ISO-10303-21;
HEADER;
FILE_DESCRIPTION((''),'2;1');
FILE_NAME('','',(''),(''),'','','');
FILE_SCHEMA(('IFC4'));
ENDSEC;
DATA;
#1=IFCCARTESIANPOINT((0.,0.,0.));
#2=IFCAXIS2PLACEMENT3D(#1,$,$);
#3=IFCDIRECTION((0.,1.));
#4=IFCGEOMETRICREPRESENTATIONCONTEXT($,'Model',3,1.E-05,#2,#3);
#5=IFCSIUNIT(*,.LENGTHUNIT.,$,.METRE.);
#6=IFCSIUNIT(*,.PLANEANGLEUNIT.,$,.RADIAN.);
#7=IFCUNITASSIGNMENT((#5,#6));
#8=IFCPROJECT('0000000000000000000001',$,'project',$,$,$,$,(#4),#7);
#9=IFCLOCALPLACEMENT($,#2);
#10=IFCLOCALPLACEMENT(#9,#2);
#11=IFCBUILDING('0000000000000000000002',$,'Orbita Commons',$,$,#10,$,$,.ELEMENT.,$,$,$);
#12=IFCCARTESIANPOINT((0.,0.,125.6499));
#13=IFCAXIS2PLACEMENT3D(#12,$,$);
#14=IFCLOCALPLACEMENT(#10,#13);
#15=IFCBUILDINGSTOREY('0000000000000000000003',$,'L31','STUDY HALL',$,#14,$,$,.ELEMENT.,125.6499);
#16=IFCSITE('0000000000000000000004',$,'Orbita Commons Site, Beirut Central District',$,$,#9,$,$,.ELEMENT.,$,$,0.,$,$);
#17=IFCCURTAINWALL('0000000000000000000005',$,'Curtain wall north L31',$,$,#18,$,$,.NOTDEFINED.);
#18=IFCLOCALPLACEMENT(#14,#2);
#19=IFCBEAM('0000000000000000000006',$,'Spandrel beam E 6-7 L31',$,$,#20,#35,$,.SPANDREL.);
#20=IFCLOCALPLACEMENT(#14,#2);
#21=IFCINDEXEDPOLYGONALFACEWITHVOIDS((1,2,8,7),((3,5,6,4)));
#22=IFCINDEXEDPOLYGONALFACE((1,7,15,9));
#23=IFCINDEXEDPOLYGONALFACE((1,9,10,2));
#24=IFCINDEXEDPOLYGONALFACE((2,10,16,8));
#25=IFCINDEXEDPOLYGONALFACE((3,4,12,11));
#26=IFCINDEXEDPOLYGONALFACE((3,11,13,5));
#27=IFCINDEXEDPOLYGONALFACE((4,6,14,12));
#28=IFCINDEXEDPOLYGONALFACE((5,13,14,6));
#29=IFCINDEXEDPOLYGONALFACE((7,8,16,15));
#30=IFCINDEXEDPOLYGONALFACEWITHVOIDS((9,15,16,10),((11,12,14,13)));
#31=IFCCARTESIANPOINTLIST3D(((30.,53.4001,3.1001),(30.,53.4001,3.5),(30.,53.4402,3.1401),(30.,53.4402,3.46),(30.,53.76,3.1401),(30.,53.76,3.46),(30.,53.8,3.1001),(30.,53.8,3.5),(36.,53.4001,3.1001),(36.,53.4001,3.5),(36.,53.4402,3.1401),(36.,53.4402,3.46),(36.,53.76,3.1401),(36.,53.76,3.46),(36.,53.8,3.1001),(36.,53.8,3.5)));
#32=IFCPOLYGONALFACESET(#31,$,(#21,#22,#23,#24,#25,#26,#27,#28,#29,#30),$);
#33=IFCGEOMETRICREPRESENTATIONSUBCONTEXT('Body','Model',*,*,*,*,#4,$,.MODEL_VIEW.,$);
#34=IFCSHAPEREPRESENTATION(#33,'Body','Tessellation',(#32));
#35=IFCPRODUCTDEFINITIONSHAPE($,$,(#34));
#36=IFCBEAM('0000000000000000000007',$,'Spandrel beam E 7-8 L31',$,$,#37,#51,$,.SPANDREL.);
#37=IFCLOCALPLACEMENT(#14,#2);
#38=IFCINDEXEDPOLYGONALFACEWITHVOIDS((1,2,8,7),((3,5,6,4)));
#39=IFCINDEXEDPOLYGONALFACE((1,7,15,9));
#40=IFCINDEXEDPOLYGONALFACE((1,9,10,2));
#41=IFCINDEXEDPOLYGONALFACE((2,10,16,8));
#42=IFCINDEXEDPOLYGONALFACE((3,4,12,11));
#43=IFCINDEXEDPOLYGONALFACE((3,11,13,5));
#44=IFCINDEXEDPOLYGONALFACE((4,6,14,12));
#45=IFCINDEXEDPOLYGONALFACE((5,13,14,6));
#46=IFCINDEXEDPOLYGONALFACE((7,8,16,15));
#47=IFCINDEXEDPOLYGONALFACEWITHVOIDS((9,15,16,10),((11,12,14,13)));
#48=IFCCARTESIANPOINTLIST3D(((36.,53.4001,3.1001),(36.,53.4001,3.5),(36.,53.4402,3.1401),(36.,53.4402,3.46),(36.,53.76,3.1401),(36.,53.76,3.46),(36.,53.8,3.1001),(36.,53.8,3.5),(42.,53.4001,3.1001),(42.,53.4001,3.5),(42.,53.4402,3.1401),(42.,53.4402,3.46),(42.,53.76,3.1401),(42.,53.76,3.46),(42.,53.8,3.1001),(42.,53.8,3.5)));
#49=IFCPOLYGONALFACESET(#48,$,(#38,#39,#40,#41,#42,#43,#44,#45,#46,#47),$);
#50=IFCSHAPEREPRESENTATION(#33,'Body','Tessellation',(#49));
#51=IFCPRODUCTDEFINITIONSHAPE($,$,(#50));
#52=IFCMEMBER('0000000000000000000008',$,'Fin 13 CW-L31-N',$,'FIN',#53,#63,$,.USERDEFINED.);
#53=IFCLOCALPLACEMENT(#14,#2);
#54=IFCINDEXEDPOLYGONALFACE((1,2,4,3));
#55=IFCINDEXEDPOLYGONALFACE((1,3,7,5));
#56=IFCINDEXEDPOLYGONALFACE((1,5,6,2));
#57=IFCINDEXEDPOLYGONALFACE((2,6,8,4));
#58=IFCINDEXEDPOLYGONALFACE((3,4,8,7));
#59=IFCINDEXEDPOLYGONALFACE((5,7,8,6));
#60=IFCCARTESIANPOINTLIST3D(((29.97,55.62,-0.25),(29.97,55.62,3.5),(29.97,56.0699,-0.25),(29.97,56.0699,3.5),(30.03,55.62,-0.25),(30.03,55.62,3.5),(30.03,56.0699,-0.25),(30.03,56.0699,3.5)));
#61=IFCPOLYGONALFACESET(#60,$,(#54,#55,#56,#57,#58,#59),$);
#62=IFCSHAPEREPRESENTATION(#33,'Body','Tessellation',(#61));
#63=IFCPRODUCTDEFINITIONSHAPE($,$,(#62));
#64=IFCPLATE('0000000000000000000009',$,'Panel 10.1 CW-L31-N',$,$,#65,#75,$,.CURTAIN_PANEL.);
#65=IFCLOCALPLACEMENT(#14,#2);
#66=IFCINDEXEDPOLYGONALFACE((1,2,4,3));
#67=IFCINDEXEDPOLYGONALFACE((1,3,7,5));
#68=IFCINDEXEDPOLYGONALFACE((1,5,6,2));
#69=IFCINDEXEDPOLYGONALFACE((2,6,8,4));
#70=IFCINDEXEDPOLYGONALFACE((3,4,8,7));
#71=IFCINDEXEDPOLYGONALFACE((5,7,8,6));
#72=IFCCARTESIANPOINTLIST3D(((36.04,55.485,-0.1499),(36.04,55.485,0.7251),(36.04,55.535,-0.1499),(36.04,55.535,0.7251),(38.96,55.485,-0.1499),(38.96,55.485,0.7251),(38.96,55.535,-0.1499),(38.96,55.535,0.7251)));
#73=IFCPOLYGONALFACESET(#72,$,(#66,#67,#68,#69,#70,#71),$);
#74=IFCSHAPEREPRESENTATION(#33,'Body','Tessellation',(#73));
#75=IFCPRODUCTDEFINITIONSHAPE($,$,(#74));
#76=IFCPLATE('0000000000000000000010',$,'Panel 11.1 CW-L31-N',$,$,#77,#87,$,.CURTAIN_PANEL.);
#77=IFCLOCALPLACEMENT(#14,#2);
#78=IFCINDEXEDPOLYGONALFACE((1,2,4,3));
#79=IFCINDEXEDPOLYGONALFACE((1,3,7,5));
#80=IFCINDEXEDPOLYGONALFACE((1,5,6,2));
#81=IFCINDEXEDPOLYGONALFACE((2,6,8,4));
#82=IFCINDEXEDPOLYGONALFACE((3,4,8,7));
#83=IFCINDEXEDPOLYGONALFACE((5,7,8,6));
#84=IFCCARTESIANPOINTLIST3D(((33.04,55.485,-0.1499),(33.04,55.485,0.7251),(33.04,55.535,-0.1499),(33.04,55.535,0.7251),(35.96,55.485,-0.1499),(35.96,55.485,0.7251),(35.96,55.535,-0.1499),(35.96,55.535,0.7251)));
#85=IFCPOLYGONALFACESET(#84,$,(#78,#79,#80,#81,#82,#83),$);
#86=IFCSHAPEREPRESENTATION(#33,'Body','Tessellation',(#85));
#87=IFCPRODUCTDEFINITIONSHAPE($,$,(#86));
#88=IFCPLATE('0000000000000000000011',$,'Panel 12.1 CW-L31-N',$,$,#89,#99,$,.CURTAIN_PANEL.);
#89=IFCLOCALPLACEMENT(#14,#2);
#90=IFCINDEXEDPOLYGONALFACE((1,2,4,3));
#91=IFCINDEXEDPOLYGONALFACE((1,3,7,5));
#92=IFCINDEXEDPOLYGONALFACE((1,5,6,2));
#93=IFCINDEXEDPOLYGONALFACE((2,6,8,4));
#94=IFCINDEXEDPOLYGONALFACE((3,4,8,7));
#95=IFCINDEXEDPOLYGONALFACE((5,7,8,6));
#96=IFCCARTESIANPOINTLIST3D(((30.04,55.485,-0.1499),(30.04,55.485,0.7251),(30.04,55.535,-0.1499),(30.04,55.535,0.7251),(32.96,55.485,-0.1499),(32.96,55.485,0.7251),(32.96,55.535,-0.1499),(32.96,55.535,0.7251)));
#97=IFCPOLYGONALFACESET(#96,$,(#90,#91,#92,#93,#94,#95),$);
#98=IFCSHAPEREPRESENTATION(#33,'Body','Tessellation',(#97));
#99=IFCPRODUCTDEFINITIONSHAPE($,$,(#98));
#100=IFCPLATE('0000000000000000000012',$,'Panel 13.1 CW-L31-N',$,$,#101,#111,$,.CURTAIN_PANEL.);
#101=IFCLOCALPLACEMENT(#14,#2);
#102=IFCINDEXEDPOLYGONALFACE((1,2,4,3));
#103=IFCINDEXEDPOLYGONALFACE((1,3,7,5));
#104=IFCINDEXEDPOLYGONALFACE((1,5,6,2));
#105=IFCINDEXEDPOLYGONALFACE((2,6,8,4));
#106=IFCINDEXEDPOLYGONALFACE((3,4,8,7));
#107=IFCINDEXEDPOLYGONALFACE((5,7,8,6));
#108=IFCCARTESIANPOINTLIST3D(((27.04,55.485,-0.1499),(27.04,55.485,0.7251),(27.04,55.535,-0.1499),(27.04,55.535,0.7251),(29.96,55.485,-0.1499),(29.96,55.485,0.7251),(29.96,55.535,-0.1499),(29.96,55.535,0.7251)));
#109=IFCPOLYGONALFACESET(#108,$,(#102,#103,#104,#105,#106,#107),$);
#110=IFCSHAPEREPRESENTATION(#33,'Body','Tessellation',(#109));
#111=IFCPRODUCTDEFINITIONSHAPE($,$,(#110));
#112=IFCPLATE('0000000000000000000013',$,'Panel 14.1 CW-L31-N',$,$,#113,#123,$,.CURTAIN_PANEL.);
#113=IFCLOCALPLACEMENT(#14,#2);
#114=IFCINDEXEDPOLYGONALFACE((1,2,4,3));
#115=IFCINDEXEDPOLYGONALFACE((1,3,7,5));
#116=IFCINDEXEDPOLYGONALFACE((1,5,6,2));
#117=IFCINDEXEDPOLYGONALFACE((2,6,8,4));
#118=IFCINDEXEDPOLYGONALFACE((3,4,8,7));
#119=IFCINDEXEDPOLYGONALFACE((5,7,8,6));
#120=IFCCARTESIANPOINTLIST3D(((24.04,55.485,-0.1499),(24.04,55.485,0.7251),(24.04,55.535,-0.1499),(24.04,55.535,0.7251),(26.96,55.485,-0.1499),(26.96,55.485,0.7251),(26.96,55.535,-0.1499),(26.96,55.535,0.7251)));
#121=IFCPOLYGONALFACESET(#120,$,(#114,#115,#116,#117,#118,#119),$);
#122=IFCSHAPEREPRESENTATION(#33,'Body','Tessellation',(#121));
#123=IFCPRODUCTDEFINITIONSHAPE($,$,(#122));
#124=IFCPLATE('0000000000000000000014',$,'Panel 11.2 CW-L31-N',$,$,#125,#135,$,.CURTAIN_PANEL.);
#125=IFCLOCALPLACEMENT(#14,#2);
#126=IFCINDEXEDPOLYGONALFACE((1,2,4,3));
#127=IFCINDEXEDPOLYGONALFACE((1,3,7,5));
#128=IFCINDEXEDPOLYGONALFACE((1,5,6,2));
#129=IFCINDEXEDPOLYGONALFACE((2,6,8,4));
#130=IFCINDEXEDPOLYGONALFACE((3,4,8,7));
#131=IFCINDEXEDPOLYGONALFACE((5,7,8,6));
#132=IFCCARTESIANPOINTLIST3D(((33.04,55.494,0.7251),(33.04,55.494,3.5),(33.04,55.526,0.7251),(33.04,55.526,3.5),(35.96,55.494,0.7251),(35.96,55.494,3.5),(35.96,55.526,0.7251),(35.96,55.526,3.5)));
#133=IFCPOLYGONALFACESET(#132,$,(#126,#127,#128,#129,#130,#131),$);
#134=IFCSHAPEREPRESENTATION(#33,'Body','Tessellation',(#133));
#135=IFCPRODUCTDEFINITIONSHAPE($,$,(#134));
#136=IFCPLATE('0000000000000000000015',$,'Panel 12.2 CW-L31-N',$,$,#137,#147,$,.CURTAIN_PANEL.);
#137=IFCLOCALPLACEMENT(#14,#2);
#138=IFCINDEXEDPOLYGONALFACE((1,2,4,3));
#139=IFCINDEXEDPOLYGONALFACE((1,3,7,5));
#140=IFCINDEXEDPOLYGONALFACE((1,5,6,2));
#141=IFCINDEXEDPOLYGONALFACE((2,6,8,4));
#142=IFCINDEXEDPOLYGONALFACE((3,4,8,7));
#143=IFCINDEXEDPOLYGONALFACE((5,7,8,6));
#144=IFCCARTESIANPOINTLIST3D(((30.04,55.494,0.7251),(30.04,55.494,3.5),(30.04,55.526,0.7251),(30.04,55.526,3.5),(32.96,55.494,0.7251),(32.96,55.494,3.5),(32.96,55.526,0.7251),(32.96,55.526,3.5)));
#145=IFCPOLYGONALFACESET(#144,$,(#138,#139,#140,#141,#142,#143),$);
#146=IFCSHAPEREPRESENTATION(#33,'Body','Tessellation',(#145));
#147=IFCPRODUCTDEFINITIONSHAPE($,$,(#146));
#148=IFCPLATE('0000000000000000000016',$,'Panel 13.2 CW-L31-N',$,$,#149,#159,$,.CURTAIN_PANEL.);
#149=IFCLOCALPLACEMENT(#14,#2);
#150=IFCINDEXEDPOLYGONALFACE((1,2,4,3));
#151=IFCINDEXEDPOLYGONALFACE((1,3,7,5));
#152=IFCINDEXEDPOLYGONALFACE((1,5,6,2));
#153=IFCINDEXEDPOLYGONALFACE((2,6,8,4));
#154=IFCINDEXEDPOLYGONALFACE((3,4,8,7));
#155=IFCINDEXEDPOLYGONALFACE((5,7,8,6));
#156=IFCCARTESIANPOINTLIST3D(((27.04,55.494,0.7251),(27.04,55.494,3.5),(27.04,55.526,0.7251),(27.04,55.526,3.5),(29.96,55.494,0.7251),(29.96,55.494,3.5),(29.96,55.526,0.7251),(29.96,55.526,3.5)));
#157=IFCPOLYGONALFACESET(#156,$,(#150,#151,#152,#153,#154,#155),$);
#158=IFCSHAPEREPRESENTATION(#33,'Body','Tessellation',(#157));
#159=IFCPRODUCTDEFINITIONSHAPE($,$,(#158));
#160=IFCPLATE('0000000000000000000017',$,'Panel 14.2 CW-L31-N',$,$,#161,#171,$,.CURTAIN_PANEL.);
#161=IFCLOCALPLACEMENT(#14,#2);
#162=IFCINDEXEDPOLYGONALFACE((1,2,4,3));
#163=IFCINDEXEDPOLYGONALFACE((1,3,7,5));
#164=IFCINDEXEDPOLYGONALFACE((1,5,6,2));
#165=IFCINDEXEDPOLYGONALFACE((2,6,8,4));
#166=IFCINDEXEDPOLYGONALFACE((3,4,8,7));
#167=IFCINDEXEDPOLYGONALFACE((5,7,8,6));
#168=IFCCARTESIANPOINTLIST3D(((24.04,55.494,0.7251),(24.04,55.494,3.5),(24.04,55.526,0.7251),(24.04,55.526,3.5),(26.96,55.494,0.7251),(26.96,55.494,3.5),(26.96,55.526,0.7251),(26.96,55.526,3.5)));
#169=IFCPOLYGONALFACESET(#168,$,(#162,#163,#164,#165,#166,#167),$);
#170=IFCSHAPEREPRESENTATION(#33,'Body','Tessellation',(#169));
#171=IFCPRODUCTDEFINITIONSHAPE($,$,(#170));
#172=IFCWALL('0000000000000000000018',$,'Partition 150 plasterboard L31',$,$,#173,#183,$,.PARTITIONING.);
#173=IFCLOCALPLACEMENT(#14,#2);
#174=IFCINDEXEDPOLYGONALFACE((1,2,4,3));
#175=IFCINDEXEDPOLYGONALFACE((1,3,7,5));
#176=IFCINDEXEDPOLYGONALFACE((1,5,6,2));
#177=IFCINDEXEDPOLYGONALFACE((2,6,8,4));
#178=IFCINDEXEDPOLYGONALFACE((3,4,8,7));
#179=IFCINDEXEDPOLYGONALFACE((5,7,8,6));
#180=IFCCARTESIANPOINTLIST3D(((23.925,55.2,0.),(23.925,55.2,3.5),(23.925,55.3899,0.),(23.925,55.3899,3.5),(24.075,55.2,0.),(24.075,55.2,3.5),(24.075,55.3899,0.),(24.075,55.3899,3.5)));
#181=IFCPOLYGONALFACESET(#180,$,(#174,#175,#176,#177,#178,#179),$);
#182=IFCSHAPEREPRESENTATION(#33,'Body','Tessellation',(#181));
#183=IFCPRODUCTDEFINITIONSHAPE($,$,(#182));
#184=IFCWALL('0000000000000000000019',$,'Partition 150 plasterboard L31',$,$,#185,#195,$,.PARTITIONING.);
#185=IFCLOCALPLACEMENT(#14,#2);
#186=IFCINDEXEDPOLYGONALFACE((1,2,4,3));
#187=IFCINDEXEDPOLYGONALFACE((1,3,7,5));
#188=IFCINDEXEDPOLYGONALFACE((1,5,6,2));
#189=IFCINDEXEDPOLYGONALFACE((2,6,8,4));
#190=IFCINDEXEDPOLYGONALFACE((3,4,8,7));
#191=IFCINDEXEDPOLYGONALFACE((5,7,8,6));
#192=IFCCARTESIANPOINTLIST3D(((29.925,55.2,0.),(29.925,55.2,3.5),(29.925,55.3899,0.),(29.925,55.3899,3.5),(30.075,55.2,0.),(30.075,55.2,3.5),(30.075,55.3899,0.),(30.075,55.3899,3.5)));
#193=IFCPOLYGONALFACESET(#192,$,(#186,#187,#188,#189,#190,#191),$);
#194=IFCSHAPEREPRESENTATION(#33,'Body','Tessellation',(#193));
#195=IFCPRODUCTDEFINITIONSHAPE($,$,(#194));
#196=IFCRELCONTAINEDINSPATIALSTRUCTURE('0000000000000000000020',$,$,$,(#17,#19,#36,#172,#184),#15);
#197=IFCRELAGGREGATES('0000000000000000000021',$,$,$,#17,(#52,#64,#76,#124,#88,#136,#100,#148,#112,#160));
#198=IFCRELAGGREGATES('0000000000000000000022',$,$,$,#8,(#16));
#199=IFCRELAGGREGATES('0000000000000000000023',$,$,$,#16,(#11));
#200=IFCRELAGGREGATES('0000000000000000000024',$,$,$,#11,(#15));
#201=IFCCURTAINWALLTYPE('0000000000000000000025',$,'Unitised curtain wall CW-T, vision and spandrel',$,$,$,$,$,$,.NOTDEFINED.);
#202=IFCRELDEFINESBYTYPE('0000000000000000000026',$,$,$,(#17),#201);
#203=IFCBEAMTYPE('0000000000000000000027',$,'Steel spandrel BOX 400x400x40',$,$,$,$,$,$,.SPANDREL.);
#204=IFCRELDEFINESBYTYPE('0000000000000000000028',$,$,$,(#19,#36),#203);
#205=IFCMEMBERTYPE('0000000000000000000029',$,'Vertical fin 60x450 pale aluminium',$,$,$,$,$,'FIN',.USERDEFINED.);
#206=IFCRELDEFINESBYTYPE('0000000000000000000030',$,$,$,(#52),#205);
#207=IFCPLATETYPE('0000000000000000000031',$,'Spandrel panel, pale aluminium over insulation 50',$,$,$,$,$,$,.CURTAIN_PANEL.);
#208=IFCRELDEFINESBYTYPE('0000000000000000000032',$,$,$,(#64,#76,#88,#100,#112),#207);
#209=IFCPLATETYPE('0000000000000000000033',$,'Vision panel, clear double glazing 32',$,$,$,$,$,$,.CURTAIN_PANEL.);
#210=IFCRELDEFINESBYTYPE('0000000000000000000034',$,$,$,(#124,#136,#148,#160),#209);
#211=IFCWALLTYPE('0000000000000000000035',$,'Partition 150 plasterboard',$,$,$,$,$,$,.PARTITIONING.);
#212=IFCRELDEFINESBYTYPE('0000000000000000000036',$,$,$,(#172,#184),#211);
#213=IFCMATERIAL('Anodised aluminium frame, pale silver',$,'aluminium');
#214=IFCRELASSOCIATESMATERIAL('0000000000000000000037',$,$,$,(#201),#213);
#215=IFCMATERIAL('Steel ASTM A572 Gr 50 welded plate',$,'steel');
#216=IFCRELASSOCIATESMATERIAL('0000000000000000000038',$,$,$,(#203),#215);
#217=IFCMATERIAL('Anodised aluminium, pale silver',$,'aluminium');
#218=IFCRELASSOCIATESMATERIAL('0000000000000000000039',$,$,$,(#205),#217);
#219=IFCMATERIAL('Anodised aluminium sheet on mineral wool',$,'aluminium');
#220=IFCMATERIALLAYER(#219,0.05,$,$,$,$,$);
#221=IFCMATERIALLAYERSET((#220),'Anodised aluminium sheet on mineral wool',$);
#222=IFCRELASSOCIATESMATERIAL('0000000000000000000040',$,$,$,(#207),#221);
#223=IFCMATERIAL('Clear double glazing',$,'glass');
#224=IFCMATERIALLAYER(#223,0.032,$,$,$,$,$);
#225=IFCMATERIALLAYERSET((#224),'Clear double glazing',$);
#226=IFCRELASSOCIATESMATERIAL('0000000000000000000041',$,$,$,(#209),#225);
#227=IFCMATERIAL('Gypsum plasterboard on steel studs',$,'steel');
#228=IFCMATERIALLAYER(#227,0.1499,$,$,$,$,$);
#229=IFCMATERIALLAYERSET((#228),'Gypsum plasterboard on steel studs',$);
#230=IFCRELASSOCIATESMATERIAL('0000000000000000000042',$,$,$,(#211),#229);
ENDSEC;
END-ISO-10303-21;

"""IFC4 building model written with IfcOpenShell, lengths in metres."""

from ifc_helpers import new_model, si_unit, direction, frame, frame_2d, origin, origin_2d, place, context, subcontext, project, spatial, rectangle, hollow_rectangle, extrude, material, layer, layer_set, material_profile, profile_set, type_object, element, aggregate, save


model = new_model("IFC4")

# Units and contexts
model_context = context("Model", 3, precision=1e-05, world=origin(), true_north=direction((0.0, 1.0)))
body_context = subcontext(model_context, "Body", "Model", "MODEL_VIEW")
ifc_project = project(units=[si_unit("LENGTHUNIT", "METRE"), si_unit("PLANEANGLEUNIT", "RADIAN")], contexts=[model_context])

# Site, building, storey
site_placement = place(None, origin())
site = spatial("IfcSite", under=ifc_project, at=site_placement, Name="Orbita Commons Site, Beirut Central District", CompositionType="ELEMENT", RefElevation=0.0)
building_placement = place(site_placement, origin())
building = spatial("IfcBuilding", under=site, at=building_placement, Name="Orbita Commons", CompositionType="ELEMENT")
storey_placement = place(building_placement, frame((0.0, 0.0, 125.6499)))
storey = spatial("IfcBuildingStorey", under=building, at=storey_placement, Name="L31", Description="STUDY HALL", CompositionType="ELEMENT", Elevation=125.6499)

# Curtain wall
ifc_material_1 = material(Name="Anodised aluminium frame, pale silver", Category="aluminium")
curtain_wall_type = type_object("IfcCurtainWallType", Name="Unitised curtain wall CW-T, vision and spandrel", PredefinedType="NOTDEFINED", material=ifc_material_1)
curtain_wall_placement = place(storey_placement, origin())
curtain_wall = element("IfcCurtainWall", 1, at=curtain_wall_placement, inside=storey, type_object=curtain_wall_type, Name="Curtain wall north L31", PredefinedType="NOTDEFINED")

# Beams
ifc_material_2 = material(Name="Steel ASTM A572 Gr 50 welded plate", Category="steel")
ifc_material_profile_1 = material_profile(ifc_material_2, hollow_rectangle(XDim=0.3999, YDim=0.3999, WallThickness=0.04, at=origin_2d()), Name="BOX 400x400x40")
ifc_profile_set_1 = profile_set([ifc_material_profile_1], Name="Steel ASTM A572 Gr 50 welded plate")
beam_type = type_object("IfcBeamType", Name="Steel spandrel BOX 400x400x40", PredefinedType="SPANDREL", material=ifc_profile_set_1)
for number, where, z_axis, x_axis, name in (
    (2, (30.0, 53.6001, 3.3), (1.0, 0.0, 0.0), (0.0, 1.0, 0.0), "Spandrel beam E 6-7 L31"),
    (3, (36.0, 53.6001, 3.3), (1.0, 0.0, 0.0), (0.0, 1.0, 0.0), "Spandrel beam E 7-8 L31"),
):
    element("IfcBeam", number, at=place(storey_placement, frame(where, z_axis=z_axis, x_axis=x_axis)), inside=storey, type_object=beam_type, Name=name, PredefinedType="SPANDREL", context=body_context, shape_type="SweptSolid", body=[
        extrude(hollow_rectangle(XDim=0.3999, YDim=0.3999, WallThickness=0.04, at=origin_2d()), origin(), (0.0, 0.0, 1.0), 6.0),
    ])

# Member
ifc_material_3 = material(Name="Anodised aluminium, pale silver", Category="aluminium")
ifc_material_profile_2 = material_profile(ifc_material_3, rectangle(XDim=0.0601, YDim=0.45, at=origin_2d()), Name="FIN 60x450")
ifc_profile_set_2 = profile_set([ifc_material_profile_2], Name="Anodised aluminium, pale silver")
member_type_1 = type_object("IfcMemberType", Name="Vertical fin 60x450 pale aluminium", ElementType="FIN", PredefinedType="USERDEFINED", material=ifc_profile_set_2)
member_1_placement = place(storey_placement, frame((30.0, 55.845, -0.25), z_axis=(0.0, 0.0, 1.0), x_axis=(-1.0, 0.0, 0.0)))
member_1 = element("IfcMember", 4, at=member_1_placement, type_object=member_type_1, Name="Fin 13 CW-L31-N", ObjectType="FIN", PredefinedType="USERDEFINED", context=body_context, shape_type="SweptSolid", body=[
    extrude(rectangle(XDim=0.0601, YDim=0.45, at=origin_2d()), origin(), (0.0, 0.0, 1.0), 3.75),
])

# Plates
ifc_material_4 = material(Name="Anodised aluminium sheet on mineral wool", Category="aluminium")
ifc_layer_1 = layer(ifc_material_4, 0.05)
ifc_layer_set_1 = layer_set([ifc_layer_1], Name="Anodised aluminium sheet on mineral wool")
plate_type_1 = type_object("IfcPlateType", Name="Spandrel panel, pale aluminium over insulation 50", PredefinedType="CURTAIN_PANEL", material=ifc_layer_set_1)
plate_1_placement = place(storey_placement, frame((37.5, 55.51, -0.1499), z_axis=(0.0, 0.0, 1.0), x_axis=(-1.0, 0.0, 0.0)))
plate_1 = element("IfcPlate", 5, at=plate_1_placement, type_object=plate_type_1, Name="Panel 10.1 CW-L31-N", PredefinedType="CURTAIN_PANEL", context=body_context, shape_type="SweptSolid", body=[
    extrude(rectangle(XDim=2.9199, YDim=0.05, at=origin_2d()), origin(), (0.0, 0.0, 1.0), 0.875),
])
plate_2_placement = place(storey_placement, frame((34.5, 55.51, -0.1499), z_axis=(0.0, 0.0, 1.0), x_axis=(-1.0, 0.0, 0.0)))
plate_2 = element("IfcPlate", 6, at=plate_2_placement, type_object=plate_type_1, Name="Panel 11.1 CW-L31-N", PredefinedType="CURTAIN_PANEL", context=body_context, shape_type="SweptSolid", body=[
    extrude(rectangle(XDim=2.9199, YDim=0.05, at=origin_2d()), origin(), (0.0, 0.0, 1.0), 0.875),
])
plate_3_placement = place(storey_placement, frame((31.5, 55.51, -0.1499), z_axis=(0.0, 0.0, 1.0), x_axis=(-1.0, 0.0, 0.0)))
plate_3 = element("IfcPlate", 7, at=plate_3_placement, type_object=plate_type_1, Name="Panel 12.1 CW-L31-N", PredefinedType="CURTAIN_PANEL", context=body_context, shape_type="SweptSolid", body=[
    extrude(rectangle(XDim=2.9199, YDim=0.05, at=origin_2d()), origin(), (0.0, 0.0, 1.0), 0.875),
])
plate_4_placement = place(storey_placement, frame((28.5, 55.51, -0.1499), z_axis=(0.0, 0.0, 1.0), x_axis=(-1.0, 0.0, 0.0)))
plate_4 = element("IfcPlate", 8, at=plate_4_placement, type_object=plate_type_1, Name="Panel 13.1 CW-L31-N", PredefinedType="CURTAIN_PANEL", context=body_context, shape_type="SweptSolid", body=[
    extrude(rectangle(XDim=2.9199, YDim=0.05, at=origin_2d()), origin(), (0.0, 0.0, 1.0), 0.875),
])
plate_5_placement = place(storey_placement, frame((25.5, 55.51, -0.1499), z_axis=(0.0, 0.0, 1.0), x_axis=(-1.0, 0.0, 0.0)))
plate_5 = element("IfcPlate", 9, at=plate_5_placement, type_object=plate_type_1, Name="Panel 14.1 CW-L31-N", PredefinedType="CURTAIN_PANEL", context=body_context, shape_type="SweptSolid", body=[
    extrude(rectangle(XDim=2.9199, YDim=0.05, at=origin_2d()), origin(), (0.0, 0.0, 1.0), 0.875),
])
ifc_material_5 = material(Name="Clear double glazing", Category="glass")
ifc_layer_2 = layer(ifc_material_5, 0.032)
ifc_layer_set_2 = layer_set([ifc_layer_2], Name="Clear double glazing")
plate_type_2 = type_object("IfcPlateType", Name="Vision panel, clear double glazing 32", PredefinedType="CURTAIN_PANEL", material=ifc_layer_set_2)
plate_6_placement = place(storey_placement, frame((34.5, 55.51, 0.7251), z_axis=(0.0, 0.0, 1.0), x_axis=(-1.0, 0.0, 0.0)))
plate_6 = element("IfcPlate", 10, at=plate_6_placement, type_object=plate_type_2, Name="Panel 11.2 CW-L31-N", PredefinedType="CURTAIN_PANEL", context=body_context, shape_type="SweptSolid", body=[
    extrude(rectangle(XDim=2.9199, YDim=0.032, at=origin_2d()), origin(), (0.0, 0.0, 1.0), 2.7749),
])
plate_7_placement = place(storey_placement, frame((31.5, 55.51, 0.7251), z_axis=(0.0, 0.0, 1.0), x_axis=(-1.0, 0.0, 0.0)))
plate_7 = element("IfcPlate", 11, at=plate_7_placement, type_object=plate_type_2, Name="Panel 12.2 CW-L31-N", PredefinedType="CURTAIN_PANEL", context=body_context, shape_type="SweptSolid", body=[
    extrude(rectangle(XDim=2.9199, YDim=0.032, at=origin_2d()), origin(), (0.0, 0.0, 1.0), 2.7749),
])
plate_8_placement = place(storey_placement, frame((28.5, 55.51, 0.7251), z_axis=(0.0, 0.0, 1.0), x_axis=(-1.0, 0.0, 0.0)))
plate_8 = element("IfcPlate", 12, at=plate_8_placement, type_object=plate_type_2, Name="Panel 13.2 CW-L31-N", PredefinedType="CURTAIN_PANEL", context=body_context, shape_type="SweptSolid", body=[
    extrude(rectangle(XDim=2.9199, YDim=0.032, at=origin_2d()), origin(), (0.0, 0.0, 1.0), 2.7749),
])
plate_9_placement = place(storey_placement, frame((25.5, 55.51, 0.7251), z_axis=(0.0, 0.0, 1.0), x_axis=(-1.0, 0.0, 0.0)))
plate_9 = element("IfcPlate", 13, at=plate_9_placement, type_object=plate_type_2, Name="Panel 14.2 CW-L31-N", PredefinedType="CURTAIN_PANEL", context=body_context, shape_type="SweptSolid", body=[
    extrude(rectangle(XDim=2.9199, YDim=0.032, at=origin_2d()), origin(), (0.0, 0.0, 1.0), 2.7749),
])
aggregate(curtain_wall, [member_1, plate_1, plate_2, plate_6, plate_3, plate_7, plate_4, plate_8, plate_5, plate_9])

# Walls
ifc_material_6 = material(Name="Gypsum plasterboard on steel studs", Category="steel")
ifc_layer_3 = layer(ifc_material_6, 0.1499)
ifc_layer_set_3 = layer_set([ifc_layer_3], Name="Gypsum plasterboard on steel studs")
wall_type_1 = type_object("IfcWallType", Name="Partition 150 plasterboard", PredefinedType="PARTITIONING", material=ifc_layer_set_3)
for number, where, z_axis, x_axis, name in (
    (14, (24.0, 55.2, 0.0), (0.0, 0.0, 1.0), (0.0, 1.0, 0.0), "Partition 150 plasterboard L31"),
    (15, (30.0, 55.2, 0.0), (0.0, 0.0, 1.0), (0.0, 1.0, 0.0), "Partition 150 plasterboard L31"),
):
    element("IfcWall", number, at=place(storey_placement, frame(where, z_axis=z_axis, x_axis=x_axis)), inside=storey, type_object=wall_type_1, Name=name, PredefinedType="PARTITIONING", context=body_context, shape_type="SweptSolid", body=[
        extrude(rectangle(XDim=0.1899, YDim=0.1499, at=frame_2d((0.095, 0.0))), origin(), (0.0, 0.0, 1.0), 3.5),
    ])

save(model, "model.ifc")
